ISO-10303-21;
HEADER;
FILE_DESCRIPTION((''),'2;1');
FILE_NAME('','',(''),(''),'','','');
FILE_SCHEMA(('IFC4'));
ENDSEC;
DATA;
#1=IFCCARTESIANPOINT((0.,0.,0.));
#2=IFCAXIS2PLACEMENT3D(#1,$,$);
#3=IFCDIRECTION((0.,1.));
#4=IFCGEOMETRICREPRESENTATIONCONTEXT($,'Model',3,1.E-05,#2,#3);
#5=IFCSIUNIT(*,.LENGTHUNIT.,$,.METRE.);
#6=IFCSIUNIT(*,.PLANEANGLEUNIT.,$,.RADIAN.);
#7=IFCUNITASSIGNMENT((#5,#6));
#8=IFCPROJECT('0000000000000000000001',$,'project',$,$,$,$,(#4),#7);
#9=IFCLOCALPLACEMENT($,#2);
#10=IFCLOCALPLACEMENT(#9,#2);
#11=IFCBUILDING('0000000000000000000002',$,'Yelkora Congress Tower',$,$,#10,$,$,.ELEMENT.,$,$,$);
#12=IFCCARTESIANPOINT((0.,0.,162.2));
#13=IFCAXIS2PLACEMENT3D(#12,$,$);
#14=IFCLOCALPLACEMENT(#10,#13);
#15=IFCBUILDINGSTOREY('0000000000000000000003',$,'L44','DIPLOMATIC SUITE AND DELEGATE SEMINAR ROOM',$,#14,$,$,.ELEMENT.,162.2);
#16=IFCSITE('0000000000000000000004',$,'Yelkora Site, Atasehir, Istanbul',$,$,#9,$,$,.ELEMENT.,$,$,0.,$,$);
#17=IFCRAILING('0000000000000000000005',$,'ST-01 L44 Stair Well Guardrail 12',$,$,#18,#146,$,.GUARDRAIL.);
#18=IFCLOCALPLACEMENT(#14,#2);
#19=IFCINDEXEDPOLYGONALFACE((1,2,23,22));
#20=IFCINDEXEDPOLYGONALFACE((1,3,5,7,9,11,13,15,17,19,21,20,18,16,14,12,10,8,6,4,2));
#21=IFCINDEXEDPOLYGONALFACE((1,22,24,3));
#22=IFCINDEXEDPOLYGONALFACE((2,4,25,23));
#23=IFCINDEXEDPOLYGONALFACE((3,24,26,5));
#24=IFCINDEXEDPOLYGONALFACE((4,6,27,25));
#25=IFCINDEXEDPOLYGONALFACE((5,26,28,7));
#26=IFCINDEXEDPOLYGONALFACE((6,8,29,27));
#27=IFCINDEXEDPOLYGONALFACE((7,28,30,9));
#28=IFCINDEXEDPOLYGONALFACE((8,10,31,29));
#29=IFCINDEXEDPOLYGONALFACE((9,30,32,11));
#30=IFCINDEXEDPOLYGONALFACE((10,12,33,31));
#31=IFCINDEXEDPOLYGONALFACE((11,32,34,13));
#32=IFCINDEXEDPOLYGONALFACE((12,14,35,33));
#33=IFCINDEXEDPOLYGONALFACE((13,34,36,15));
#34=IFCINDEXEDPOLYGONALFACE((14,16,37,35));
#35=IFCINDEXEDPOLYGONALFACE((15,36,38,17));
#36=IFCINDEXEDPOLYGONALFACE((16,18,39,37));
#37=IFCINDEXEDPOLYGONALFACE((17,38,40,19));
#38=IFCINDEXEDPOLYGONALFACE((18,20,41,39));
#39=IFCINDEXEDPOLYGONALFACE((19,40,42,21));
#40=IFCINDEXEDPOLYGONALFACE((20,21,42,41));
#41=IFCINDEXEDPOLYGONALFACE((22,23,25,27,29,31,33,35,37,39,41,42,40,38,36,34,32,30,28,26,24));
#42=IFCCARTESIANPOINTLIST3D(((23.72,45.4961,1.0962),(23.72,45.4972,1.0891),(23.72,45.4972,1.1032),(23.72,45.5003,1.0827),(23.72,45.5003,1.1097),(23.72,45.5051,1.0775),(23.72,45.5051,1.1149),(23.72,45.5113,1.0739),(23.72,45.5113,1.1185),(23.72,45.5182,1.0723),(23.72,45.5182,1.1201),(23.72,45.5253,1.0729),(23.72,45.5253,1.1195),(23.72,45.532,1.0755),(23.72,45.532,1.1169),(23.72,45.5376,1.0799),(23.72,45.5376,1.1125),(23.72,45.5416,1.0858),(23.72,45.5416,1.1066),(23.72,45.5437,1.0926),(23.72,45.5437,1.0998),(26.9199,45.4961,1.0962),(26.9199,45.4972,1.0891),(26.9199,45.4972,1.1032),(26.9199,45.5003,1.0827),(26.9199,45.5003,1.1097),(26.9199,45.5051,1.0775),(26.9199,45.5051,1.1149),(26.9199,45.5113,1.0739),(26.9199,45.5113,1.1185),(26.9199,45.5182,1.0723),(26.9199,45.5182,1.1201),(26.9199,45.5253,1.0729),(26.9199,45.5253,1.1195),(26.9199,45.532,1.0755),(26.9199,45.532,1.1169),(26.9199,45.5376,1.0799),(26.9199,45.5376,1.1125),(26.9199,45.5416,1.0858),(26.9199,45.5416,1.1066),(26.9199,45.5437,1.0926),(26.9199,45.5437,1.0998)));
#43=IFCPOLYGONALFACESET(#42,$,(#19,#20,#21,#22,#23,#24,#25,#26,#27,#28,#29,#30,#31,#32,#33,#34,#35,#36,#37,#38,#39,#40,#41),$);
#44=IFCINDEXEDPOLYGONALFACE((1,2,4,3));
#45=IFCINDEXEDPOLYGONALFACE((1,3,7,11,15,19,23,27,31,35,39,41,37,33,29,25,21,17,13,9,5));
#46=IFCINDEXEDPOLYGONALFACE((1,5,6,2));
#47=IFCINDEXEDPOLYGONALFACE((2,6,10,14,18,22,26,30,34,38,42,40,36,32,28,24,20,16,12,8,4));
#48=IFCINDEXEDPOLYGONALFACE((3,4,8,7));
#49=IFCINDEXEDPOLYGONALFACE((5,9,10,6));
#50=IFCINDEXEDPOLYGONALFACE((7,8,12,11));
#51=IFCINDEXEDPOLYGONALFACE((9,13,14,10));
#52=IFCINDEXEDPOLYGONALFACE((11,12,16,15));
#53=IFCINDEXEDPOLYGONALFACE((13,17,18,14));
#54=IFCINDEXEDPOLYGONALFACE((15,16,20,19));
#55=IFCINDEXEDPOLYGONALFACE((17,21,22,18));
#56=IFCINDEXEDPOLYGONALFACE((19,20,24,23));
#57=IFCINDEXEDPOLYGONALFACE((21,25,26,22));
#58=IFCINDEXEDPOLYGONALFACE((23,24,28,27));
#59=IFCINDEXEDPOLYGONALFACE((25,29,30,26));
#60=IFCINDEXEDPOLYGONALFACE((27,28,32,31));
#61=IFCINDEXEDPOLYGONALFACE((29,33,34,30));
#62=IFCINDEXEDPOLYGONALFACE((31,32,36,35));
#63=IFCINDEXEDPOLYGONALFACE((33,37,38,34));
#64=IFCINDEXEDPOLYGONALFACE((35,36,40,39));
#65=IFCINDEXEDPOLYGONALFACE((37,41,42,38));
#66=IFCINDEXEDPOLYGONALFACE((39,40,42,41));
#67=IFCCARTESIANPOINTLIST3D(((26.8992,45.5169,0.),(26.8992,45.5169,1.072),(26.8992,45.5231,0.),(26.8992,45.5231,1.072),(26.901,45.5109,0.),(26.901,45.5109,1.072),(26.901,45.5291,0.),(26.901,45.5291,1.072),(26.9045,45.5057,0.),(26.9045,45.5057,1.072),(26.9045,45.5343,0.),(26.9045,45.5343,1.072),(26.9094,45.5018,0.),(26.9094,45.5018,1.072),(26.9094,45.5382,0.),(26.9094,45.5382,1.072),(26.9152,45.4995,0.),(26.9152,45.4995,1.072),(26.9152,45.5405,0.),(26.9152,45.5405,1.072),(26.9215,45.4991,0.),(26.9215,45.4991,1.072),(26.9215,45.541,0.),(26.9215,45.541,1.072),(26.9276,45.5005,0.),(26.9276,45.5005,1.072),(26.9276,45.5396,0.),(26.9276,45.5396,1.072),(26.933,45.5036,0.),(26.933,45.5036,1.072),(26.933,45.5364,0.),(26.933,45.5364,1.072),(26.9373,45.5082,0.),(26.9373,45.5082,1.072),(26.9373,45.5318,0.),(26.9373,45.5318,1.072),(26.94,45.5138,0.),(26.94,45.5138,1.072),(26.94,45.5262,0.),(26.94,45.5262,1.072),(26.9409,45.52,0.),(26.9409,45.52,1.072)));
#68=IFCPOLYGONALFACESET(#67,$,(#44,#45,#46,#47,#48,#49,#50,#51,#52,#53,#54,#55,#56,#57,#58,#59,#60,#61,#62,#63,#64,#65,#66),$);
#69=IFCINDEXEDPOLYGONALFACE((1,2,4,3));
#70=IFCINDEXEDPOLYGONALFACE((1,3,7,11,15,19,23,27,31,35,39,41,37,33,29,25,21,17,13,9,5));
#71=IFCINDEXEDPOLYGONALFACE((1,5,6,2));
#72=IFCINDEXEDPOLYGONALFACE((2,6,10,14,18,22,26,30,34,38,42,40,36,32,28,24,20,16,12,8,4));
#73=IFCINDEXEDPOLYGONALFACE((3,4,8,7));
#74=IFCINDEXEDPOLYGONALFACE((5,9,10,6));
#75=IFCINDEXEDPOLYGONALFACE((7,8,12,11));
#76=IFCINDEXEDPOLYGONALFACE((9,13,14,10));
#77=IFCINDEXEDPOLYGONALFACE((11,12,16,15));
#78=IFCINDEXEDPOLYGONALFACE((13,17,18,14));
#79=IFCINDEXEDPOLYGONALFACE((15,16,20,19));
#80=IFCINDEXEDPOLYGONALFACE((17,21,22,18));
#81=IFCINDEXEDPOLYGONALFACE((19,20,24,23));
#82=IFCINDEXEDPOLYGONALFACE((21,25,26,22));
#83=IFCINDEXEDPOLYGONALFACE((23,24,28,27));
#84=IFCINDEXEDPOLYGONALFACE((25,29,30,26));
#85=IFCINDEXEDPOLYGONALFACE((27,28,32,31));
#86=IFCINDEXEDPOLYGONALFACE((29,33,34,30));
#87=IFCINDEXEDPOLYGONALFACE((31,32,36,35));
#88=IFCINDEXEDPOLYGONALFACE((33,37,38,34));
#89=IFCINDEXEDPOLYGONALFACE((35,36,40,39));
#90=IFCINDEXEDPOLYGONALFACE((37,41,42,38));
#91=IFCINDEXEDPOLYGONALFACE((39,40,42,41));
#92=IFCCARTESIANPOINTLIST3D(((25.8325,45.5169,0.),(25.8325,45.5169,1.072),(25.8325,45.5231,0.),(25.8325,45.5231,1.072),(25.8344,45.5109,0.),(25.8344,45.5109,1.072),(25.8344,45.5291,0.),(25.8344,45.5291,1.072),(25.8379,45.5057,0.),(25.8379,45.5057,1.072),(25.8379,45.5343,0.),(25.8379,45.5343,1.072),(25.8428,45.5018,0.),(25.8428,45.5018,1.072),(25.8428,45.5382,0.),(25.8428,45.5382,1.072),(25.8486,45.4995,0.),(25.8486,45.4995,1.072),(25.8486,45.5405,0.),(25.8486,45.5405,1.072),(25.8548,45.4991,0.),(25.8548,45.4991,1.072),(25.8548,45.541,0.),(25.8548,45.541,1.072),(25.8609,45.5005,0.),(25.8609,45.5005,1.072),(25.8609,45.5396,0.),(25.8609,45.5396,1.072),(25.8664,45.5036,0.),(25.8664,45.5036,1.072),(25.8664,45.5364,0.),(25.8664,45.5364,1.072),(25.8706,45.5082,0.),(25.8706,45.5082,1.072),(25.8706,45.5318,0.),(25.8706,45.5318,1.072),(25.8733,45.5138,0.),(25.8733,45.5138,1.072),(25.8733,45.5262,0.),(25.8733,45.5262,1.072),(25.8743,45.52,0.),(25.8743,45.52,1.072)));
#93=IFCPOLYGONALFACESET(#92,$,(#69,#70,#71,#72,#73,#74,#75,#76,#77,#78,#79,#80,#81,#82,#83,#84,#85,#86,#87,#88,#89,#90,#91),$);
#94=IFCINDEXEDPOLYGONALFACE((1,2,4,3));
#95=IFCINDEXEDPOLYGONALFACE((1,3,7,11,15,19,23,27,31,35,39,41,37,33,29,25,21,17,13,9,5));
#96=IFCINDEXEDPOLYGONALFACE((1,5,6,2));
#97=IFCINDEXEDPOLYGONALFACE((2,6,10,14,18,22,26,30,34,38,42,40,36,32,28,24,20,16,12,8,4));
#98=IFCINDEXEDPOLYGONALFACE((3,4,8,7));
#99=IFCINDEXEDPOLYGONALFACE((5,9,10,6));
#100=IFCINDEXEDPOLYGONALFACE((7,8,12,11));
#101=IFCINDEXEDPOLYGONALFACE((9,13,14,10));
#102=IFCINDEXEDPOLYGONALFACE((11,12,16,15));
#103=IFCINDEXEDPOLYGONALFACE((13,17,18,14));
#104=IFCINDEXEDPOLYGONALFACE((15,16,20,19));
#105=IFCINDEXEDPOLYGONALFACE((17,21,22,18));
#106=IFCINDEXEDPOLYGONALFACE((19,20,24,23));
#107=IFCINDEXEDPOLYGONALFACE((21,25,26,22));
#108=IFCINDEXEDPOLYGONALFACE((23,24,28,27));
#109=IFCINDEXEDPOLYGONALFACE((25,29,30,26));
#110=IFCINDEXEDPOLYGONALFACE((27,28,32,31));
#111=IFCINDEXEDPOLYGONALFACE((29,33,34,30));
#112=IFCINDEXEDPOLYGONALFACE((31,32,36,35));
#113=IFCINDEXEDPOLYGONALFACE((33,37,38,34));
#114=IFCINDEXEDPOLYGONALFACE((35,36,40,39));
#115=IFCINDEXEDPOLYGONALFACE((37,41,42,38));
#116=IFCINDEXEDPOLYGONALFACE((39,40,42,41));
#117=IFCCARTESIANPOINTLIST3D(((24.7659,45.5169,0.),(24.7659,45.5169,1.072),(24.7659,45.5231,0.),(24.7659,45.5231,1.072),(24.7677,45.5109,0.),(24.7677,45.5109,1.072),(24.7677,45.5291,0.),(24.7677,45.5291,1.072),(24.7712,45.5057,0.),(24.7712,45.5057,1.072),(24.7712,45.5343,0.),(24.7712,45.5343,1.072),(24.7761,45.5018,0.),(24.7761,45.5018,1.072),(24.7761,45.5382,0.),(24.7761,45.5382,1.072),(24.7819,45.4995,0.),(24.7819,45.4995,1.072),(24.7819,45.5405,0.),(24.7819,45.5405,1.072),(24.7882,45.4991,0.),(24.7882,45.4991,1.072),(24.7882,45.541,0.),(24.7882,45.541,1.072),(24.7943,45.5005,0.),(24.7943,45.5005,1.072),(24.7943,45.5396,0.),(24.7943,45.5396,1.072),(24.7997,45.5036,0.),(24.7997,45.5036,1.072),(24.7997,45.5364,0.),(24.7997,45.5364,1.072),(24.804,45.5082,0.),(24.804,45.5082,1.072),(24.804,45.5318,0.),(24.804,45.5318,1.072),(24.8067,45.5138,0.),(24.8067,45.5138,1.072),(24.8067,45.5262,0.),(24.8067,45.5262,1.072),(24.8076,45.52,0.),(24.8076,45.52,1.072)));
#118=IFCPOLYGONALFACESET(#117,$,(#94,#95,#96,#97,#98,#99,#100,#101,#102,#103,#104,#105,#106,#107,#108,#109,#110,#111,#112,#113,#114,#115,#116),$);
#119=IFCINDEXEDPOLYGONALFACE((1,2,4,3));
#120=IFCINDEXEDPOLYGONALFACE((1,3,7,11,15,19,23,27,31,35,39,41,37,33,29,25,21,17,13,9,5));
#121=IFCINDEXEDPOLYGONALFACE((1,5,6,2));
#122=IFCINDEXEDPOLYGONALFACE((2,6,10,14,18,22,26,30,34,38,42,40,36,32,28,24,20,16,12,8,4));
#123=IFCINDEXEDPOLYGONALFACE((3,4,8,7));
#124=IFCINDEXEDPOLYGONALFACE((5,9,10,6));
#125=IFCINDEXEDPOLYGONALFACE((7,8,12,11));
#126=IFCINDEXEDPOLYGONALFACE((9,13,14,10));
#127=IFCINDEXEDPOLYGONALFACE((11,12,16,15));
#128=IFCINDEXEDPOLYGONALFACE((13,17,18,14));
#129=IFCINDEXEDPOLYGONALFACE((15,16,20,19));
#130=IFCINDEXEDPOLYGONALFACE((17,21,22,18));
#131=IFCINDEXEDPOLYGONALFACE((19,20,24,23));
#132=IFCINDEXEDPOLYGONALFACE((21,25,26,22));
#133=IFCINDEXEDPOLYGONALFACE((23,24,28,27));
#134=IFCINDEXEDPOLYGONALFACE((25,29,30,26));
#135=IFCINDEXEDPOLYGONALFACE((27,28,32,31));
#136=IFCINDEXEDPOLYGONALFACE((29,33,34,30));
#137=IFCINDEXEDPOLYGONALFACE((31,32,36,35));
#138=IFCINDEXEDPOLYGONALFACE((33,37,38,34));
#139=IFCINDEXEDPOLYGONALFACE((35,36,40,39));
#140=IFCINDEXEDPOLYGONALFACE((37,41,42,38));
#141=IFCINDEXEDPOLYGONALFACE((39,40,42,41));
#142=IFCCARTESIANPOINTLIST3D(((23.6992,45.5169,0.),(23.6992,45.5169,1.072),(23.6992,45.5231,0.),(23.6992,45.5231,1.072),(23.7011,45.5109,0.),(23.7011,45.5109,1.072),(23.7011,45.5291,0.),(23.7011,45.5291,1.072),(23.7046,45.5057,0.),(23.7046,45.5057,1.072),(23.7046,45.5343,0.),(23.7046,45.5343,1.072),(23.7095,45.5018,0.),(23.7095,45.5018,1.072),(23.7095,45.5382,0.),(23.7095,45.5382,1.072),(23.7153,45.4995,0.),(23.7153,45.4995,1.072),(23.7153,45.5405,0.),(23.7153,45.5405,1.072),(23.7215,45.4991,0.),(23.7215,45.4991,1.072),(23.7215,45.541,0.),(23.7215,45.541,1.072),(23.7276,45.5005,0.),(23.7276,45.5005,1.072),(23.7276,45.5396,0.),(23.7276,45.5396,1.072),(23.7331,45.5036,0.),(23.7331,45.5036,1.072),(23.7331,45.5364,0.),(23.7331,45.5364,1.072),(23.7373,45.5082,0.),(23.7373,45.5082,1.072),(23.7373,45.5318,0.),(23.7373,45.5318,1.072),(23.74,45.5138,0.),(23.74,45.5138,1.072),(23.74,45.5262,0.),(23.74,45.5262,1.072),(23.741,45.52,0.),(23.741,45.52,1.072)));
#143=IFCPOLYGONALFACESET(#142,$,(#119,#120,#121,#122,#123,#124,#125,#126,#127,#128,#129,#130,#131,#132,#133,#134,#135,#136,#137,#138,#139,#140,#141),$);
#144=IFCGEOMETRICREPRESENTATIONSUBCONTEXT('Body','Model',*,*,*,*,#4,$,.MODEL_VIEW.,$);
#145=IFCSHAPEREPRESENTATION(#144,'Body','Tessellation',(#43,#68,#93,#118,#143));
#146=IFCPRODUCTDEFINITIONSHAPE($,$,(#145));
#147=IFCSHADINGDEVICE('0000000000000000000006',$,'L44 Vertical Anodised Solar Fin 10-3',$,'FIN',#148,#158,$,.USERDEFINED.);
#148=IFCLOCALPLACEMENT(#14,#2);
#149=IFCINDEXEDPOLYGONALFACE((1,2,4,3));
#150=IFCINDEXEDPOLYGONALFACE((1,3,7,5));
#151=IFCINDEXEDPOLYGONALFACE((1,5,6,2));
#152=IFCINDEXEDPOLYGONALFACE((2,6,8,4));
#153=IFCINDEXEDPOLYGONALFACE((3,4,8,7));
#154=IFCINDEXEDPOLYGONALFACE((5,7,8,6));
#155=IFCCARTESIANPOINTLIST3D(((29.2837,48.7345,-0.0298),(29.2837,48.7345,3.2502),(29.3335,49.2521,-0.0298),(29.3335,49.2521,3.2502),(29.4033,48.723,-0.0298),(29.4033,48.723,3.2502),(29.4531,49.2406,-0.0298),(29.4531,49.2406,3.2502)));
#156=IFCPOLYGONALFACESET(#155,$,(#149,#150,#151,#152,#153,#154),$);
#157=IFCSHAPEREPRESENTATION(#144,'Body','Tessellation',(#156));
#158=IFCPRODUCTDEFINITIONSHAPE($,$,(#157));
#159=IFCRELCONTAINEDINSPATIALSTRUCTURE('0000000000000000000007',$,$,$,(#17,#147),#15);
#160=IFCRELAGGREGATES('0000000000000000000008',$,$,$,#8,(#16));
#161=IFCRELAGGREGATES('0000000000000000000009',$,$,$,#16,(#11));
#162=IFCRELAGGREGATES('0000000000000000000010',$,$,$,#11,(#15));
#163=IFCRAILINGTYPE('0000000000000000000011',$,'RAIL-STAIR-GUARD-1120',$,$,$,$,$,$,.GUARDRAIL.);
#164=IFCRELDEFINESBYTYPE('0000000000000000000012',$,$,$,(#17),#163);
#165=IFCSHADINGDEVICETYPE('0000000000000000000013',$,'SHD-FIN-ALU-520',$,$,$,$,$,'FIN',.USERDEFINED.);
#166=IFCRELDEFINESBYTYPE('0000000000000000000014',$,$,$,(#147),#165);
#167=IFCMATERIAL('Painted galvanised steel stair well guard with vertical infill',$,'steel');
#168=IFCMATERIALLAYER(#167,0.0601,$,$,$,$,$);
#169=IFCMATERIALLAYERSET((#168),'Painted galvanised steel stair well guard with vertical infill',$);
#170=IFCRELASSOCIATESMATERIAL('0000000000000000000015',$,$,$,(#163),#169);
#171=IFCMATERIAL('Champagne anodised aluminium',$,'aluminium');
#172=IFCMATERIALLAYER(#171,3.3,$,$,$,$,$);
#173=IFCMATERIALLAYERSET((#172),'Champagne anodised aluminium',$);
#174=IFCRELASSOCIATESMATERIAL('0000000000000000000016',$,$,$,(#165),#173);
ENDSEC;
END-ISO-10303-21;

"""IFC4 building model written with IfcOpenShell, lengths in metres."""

from ifc_helpers import new_model, si_unit, direction, frame, origin, origin_2d, place, context, subcontext, project, spatial, rectangle, circle, extrude, material, layer, layer_set, type_object, element, save


model = new_model("IFC4")

# Units and contexts
model_context = context("Model", 3, precision=1e-05, world=origin(), true_north=direction((0.0, 1.0)))
body_context = subcontext(model_context, "Body", "Model", "MODEL_VIEW")
ifc_project = project(units=[si_unit("LENGTHUNIT", "METRE"), si_unit("PLANEANGLEUNIT", "RADIAN")], contexts=[model_context])

# Site, building, storey
site_placement = place(None, origin())
site = spatial("IfcSite", under=ifc_project, at=site_placement, Name="Yelkora Site, Atasehir, Istanbul", CompositionType="ELEMENT", RefElevation=0.0)
building_placement = place(site_placement, origin())
building = spatial("IfcBuilding", under=site, at=building_placement, Name="Yelkora Congress Tower", CompositionType="ELEMENT")
storey_placement = place(building_placement, frame((0.0, 0.0, 162.2)))
storey = spatial("IfcBuildingStorey", under=building, at=storey_placement, Name="L44", Description="DIPLOMATIC SUITE AND DELEGATE SEMINAR ROOM", CompositionType="ELEMENT", Elevation=162.2)

# Railing
ifc_material_1 = material(Name="Painted galvanised steel stair well guard with vertical infill", Category="steel")
ifc_layer_1 = layer(ifc_material_1, 0.0601)
ifc_layer_set_1 = layer_set([ifc_layer_1], Name="Painted galvanised steel stair well guard with vertical infill")
railing_type = type_object("IfcRailingType", Name="RAIL-STAIR-GUARD-1120", PredefinedType="GUARDRAIL", material=ifc_layer_set_1)
railing_1_placement = place(storey_placement, frame((26.9199, 45.52, 0.0)))
element("IfcRailing", 1, at=railing_1_placement, inside=storey, type_object=railing_type, Name="ST-01 L44 Stair Well Guardrail 12", PredefinedType="GUARDRAIL", context=body_context, shape_type="SweptSolid", body=[
    extrude(circle(Radius=0.0239, at=origin_2d()), frame((0.0, 0.0, 1.0962), z_axis=(-1.0, 0.0, 0.0), x_axis=(0.0, -1.0, 0.0)), (0.0, 0.0, 1.0), 3.2),
    extrude(circle(Radius=0.021, at=origin_2d()), origin(), (0.0, 0.0, 1.0), 1.072),
    extrude(circle(Radius=0.021, at=origin_2d()), frame((-1.0667, 0.0, 0.0)), (0.0, 0.0, 1.0), 1.072),
    extrude(circle(Radius=0.021, at=origin_2d()), frame((-2.1333, 0.0, 0.0)), (0.0, 0.0, 1.0), 1.072),
    extrude(circle(Radius=0.021, at=origin_2d()), frame((-3.2, 0.0, 0.0)), (0.0, 0.0, 1.0), 1.072),
])

# Shading device
ifc_material_2 = material(Name="Champagne anodised aluminium", Category="aluminium")
ifc_layer_2 = layer(ifc_material_2, 3.3)
ifc_layer_set_2 = layer_set([ifc_layer_2], Name="Champagne anodised aluminium")
shading_device_type = type_object("IfcShadingDeviceType", Name="SHD-FIN-ALU-520", ElementType="FIN", PredefinedType="USERDEFINED", material=ifc_layer_set_2)
shading_device_placement = place(storey_placement, frame((29.3684, 48.9875, -0.0298), z_axis=(0.0, 0.0, 1.0), x_axis=(0.995396, -0.095846, 0.0)))
element("IfcShadingDevice", 2, at=shading_device_placement, inside=storey, type_object=shading_device_type, Name="L44 Vertical Anodised Solar Fin 10-3", ObjectType="FIN", PredefinedType="USERDEFINED", context=body_context, shape_type="SweptSolid", body=[
    extrude(rectangle(XDim=0.1201, YDim=0.52, at=origin_2d()), origin(), (0.0, 0.0, 1.0), 3.28),
])

save(model, "model.ifc")
